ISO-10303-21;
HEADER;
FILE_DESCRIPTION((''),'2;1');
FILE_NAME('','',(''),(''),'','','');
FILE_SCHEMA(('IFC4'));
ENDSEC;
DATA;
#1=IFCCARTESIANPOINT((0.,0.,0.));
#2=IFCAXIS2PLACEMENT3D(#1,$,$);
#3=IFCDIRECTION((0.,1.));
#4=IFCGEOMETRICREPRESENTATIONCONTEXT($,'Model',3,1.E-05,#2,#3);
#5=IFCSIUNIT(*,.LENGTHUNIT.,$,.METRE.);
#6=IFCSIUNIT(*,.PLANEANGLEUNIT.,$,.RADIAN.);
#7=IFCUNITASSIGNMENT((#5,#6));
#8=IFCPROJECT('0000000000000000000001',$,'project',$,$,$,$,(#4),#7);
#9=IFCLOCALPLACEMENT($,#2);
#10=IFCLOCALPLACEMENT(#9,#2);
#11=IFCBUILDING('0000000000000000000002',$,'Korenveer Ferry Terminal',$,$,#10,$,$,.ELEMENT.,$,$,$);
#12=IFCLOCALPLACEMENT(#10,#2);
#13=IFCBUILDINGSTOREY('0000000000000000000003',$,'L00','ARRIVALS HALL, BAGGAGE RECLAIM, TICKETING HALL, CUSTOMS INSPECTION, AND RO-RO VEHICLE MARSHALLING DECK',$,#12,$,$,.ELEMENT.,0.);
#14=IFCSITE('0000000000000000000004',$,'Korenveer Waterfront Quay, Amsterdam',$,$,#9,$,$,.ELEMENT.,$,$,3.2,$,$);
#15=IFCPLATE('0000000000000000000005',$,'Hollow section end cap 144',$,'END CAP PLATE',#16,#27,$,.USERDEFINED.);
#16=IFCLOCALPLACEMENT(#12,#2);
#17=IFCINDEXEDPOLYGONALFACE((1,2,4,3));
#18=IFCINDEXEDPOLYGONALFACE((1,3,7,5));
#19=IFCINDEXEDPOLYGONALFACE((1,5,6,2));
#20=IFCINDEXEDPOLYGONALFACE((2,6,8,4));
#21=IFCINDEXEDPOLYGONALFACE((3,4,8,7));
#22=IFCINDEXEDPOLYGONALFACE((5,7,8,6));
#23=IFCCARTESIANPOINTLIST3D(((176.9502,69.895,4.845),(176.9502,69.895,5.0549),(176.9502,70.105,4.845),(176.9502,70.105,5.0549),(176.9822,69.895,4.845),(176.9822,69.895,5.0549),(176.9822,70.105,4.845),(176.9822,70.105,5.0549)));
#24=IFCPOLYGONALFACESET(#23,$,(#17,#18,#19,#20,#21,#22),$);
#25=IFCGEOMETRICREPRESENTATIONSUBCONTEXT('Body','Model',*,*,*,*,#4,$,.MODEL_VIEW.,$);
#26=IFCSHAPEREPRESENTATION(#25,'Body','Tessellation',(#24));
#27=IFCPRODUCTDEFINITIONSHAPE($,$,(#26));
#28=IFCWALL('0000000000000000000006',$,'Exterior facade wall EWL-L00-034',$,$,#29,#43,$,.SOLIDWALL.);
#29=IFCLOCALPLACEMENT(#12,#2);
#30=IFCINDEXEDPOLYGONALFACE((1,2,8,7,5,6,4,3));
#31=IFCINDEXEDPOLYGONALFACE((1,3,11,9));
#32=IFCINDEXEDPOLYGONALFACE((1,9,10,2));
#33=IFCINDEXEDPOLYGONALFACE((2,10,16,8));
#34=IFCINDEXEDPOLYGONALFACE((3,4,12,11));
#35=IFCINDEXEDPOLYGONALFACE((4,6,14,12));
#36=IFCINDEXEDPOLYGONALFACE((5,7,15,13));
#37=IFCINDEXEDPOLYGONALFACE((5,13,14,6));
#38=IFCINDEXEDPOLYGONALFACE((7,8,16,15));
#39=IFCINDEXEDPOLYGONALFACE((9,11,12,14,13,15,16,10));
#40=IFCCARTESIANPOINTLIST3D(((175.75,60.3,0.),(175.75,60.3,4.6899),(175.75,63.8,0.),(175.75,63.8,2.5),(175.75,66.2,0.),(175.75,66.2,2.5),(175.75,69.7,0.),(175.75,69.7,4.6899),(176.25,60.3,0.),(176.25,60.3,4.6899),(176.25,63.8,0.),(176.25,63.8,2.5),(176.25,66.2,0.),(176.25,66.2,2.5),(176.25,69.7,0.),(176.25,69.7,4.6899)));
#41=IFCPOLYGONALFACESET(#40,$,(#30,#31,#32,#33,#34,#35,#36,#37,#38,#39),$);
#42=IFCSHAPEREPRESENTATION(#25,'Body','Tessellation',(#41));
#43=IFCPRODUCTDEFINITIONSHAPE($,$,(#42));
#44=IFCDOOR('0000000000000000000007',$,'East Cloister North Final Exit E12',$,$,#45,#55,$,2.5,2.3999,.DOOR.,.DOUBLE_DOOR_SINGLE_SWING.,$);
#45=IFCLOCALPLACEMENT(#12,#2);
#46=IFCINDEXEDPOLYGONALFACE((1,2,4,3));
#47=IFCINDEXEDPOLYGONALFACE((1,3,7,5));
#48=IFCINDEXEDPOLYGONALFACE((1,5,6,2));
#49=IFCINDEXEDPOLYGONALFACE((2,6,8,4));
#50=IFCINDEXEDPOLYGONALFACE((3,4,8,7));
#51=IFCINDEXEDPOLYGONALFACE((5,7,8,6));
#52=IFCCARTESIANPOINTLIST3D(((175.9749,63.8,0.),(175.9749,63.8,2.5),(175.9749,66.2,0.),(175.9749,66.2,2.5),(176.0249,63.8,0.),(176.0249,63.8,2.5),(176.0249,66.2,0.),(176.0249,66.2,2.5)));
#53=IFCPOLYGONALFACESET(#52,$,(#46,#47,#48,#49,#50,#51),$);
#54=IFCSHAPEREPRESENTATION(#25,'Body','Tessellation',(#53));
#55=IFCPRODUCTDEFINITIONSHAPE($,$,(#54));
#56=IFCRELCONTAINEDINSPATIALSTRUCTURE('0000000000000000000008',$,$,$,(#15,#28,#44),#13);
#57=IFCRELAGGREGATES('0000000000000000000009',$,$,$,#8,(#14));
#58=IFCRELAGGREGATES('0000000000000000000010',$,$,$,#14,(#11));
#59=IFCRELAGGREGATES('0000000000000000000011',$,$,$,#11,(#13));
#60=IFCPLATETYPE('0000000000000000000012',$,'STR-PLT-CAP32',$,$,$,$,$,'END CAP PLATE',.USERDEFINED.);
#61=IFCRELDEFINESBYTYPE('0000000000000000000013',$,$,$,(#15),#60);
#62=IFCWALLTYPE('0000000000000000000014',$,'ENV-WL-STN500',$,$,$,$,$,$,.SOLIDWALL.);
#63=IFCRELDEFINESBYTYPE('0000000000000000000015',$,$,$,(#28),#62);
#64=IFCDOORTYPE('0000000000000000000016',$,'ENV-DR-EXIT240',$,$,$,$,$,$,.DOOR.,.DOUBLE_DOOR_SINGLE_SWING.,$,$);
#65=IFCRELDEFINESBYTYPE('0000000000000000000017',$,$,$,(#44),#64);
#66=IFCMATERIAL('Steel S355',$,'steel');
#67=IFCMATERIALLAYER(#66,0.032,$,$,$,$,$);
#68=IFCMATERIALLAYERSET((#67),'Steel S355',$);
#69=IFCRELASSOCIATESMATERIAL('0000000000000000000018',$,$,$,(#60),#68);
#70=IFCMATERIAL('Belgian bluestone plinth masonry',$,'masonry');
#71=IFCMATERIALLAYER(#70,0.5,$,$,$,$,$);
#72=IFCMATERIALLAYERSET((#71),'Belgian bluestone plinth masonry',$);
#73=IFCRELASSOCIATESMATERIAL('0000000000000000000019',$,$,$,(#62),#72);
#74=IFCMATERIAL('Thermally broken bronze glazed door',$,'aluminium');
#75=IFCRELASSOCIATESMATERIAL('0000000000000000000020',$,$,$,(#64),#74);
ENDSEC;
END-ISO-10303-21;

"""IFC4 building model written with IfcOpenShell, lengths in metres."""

from ifc_helpers import new_model, si_unit, direction, frame, frame_2d, origin, origin_2d, place, context, subcontext, project, spatial, rectangle, extrude, material, layer, layer_set, type_object, element, fill, save


model = new_model("IFC4")

# Units and contexts
model_context = context("Model", 3, precision=1e-05, world=origin(), true_north=direction((0.0, 1.0)))
body_context = subcontext(model_context, "Body", "Model", "MODEL_VIEW")
ifc_project = project(units=[si_unit("LENGTHUNIT", "METRE"), si_unit("PLANEANGLEUNIT", "RADIAN")], contexts=[model_context])

# Site, building, storey
site_placement = place(None, origin())
site = spatial("IfcSite", under=ifc_project, at=site_placement, Name="Korenveer Waterfront Quay, Amsterdam", CompositionType="ELEMENT", RefElevation=3.2)
building_placement = place(site_placement, origin())
building = spatial("IfcBuilding", under=site, at=building_placement, Name="Korenveer Ferry Terminal", CompositionType="ELEMENT")
storey_placement = place(building_placement, origin())
storey = spatial("IfcBuildingStorey", under=building, at=storey_placement, Name="L00", Description="ARRIVALS HALL, BAGGAGE RECLAIM, TICKETING HALL, CUSTOMS INSPECTION, AND RO-RO VEHICLE MARSHALLING DECK", CompositionType="ELEMENT", Elevation=0.0)

# Shared definitions
ifc_material_1 = material(Name="Steel S355", Category="steel")

# Plate
ifc_layer_1 = layer(ifc_material_1, 0.032)
ifc_layer_set_1 = layer_set([ifc_layer_1], Name="Steel S355")
plate_type_1 = type_object("IfcPlateType", Name="STR-PLT-CAP32", ElementType="END CAP PLATE", PredefinedType="USERDEFINED", material=ifc_layer_set_1)
for number, where, z_axis, x_axis, name in (
    (1, (176.9502, 70.0, 4.95), (1.0, 0.0, 0.0), (0.0, 1.0, 0.0), "Hollow section end cap 144"),
):
    element("IfcPlate", number, at=place(storey_placement, frame(where, z_axis=z_axis, x_axis=x_axis)), inside=storey, type_object=plate_type_1, Name=name, ObjectType="END CAP PLATE", PredefinedType="USERDEFINED", context=body_context, shape_type="SweptSolid", body=[
        extrude(rectangle(XDim=0.21, YDim=0.21, at=origin_2d()), origin(), (0.0, 0.0, 1.0), 0.032),
    ])

# Wall, opening, door
ifc_material_2 = material(Name="Belgian bluestone plinth masonry", Category="masonry")
ifc_layer_2 = layer(ifc_material_2, 0.5)
ifc_layer_set_2 = layer_set([ifc_layer_2], Name="Belgian bluestone plinth masonry")
wall_type = type_object("IfcWallType", Name="ENV-WL-STN500", PredefinedType="SOLIDWALL", material=ifc_layer_set_2)
wall_placement = place(storey_placement, frame((176.0, 69.7, 0.0), z_axis=(0.0, 0.0, 1.0), x_axis=(0.0, -1.0, 0.0)))
wall = element("IfcWall", 2, at=wall_placement, inside=storey, type_object=wall_type, Name="Exterior facade wall EWL-L00-034", PredefinedType="SOLIDWALL", context=body_context, shape_type="SweptSolid", body=[
    extrude(rectangle(XDim=9.3999, YDim=0.5, at=frame_2d((4.7, 0.0))), origin(), (0.0, 0.0, 1.0), 4.6899),
])
opening_placement = place(wall_placement, frame((3.5, 0.0, 0.0)))
opening = element("IfcOpeningElement", 3, at=opening_placement, cuts=wall, PredefinedType="OPENING", context=body_context, shape_type="SweptSolid", body=[
    extrude(rectangle(XDim=2.3999, YDim=2.5, at=frame_2d((1.2, 1.25))), frame((0.0, 0.26, 0.0), z_axis=(0.0, -1.0, 0.0), x_axis=(1.0, 0.0, 0.0)), (0.0, 0.0, 1.0), 0.52),
])
ifc_material_3 = material(Name="Thermally broken bronze glazed door", Category="aluminium")
door_type = type_object("IfcDoorType", Name="ENV-DR-EXIT240", OperationType="DOUBLE_DOOR_SINGLE_SWING", PredefinedType="DOOR", material=ifc_material_3)
door_placement = place(opening_placement, origin())
door = element("IfcDoor", 4, at=door_placement, inside=storey, type_object=door_type, Name="East Cloister North Final Exit E12", OperationType="DOUBLE_DOOR_SINGLE_SWING", OverallHeight=2.5, OverallWidth=2.3999, PredefinedType="DOOR", context=body_context, shape_type="SweptSolid", body=[
    extrude(rectangle(XDim=2.3999, YDim=2.5, at=frame_2d((1.2, 1.25))), frame((0.0, 0.0249, 0.0), z_axis=(0.0, -1.0, 0.0), x_axis=(1.0, 0.0, 0.0)), (0.0, 0.0, 1.0), 0.05),
])
fill(opening, door)

save(model, "model.ifc")
